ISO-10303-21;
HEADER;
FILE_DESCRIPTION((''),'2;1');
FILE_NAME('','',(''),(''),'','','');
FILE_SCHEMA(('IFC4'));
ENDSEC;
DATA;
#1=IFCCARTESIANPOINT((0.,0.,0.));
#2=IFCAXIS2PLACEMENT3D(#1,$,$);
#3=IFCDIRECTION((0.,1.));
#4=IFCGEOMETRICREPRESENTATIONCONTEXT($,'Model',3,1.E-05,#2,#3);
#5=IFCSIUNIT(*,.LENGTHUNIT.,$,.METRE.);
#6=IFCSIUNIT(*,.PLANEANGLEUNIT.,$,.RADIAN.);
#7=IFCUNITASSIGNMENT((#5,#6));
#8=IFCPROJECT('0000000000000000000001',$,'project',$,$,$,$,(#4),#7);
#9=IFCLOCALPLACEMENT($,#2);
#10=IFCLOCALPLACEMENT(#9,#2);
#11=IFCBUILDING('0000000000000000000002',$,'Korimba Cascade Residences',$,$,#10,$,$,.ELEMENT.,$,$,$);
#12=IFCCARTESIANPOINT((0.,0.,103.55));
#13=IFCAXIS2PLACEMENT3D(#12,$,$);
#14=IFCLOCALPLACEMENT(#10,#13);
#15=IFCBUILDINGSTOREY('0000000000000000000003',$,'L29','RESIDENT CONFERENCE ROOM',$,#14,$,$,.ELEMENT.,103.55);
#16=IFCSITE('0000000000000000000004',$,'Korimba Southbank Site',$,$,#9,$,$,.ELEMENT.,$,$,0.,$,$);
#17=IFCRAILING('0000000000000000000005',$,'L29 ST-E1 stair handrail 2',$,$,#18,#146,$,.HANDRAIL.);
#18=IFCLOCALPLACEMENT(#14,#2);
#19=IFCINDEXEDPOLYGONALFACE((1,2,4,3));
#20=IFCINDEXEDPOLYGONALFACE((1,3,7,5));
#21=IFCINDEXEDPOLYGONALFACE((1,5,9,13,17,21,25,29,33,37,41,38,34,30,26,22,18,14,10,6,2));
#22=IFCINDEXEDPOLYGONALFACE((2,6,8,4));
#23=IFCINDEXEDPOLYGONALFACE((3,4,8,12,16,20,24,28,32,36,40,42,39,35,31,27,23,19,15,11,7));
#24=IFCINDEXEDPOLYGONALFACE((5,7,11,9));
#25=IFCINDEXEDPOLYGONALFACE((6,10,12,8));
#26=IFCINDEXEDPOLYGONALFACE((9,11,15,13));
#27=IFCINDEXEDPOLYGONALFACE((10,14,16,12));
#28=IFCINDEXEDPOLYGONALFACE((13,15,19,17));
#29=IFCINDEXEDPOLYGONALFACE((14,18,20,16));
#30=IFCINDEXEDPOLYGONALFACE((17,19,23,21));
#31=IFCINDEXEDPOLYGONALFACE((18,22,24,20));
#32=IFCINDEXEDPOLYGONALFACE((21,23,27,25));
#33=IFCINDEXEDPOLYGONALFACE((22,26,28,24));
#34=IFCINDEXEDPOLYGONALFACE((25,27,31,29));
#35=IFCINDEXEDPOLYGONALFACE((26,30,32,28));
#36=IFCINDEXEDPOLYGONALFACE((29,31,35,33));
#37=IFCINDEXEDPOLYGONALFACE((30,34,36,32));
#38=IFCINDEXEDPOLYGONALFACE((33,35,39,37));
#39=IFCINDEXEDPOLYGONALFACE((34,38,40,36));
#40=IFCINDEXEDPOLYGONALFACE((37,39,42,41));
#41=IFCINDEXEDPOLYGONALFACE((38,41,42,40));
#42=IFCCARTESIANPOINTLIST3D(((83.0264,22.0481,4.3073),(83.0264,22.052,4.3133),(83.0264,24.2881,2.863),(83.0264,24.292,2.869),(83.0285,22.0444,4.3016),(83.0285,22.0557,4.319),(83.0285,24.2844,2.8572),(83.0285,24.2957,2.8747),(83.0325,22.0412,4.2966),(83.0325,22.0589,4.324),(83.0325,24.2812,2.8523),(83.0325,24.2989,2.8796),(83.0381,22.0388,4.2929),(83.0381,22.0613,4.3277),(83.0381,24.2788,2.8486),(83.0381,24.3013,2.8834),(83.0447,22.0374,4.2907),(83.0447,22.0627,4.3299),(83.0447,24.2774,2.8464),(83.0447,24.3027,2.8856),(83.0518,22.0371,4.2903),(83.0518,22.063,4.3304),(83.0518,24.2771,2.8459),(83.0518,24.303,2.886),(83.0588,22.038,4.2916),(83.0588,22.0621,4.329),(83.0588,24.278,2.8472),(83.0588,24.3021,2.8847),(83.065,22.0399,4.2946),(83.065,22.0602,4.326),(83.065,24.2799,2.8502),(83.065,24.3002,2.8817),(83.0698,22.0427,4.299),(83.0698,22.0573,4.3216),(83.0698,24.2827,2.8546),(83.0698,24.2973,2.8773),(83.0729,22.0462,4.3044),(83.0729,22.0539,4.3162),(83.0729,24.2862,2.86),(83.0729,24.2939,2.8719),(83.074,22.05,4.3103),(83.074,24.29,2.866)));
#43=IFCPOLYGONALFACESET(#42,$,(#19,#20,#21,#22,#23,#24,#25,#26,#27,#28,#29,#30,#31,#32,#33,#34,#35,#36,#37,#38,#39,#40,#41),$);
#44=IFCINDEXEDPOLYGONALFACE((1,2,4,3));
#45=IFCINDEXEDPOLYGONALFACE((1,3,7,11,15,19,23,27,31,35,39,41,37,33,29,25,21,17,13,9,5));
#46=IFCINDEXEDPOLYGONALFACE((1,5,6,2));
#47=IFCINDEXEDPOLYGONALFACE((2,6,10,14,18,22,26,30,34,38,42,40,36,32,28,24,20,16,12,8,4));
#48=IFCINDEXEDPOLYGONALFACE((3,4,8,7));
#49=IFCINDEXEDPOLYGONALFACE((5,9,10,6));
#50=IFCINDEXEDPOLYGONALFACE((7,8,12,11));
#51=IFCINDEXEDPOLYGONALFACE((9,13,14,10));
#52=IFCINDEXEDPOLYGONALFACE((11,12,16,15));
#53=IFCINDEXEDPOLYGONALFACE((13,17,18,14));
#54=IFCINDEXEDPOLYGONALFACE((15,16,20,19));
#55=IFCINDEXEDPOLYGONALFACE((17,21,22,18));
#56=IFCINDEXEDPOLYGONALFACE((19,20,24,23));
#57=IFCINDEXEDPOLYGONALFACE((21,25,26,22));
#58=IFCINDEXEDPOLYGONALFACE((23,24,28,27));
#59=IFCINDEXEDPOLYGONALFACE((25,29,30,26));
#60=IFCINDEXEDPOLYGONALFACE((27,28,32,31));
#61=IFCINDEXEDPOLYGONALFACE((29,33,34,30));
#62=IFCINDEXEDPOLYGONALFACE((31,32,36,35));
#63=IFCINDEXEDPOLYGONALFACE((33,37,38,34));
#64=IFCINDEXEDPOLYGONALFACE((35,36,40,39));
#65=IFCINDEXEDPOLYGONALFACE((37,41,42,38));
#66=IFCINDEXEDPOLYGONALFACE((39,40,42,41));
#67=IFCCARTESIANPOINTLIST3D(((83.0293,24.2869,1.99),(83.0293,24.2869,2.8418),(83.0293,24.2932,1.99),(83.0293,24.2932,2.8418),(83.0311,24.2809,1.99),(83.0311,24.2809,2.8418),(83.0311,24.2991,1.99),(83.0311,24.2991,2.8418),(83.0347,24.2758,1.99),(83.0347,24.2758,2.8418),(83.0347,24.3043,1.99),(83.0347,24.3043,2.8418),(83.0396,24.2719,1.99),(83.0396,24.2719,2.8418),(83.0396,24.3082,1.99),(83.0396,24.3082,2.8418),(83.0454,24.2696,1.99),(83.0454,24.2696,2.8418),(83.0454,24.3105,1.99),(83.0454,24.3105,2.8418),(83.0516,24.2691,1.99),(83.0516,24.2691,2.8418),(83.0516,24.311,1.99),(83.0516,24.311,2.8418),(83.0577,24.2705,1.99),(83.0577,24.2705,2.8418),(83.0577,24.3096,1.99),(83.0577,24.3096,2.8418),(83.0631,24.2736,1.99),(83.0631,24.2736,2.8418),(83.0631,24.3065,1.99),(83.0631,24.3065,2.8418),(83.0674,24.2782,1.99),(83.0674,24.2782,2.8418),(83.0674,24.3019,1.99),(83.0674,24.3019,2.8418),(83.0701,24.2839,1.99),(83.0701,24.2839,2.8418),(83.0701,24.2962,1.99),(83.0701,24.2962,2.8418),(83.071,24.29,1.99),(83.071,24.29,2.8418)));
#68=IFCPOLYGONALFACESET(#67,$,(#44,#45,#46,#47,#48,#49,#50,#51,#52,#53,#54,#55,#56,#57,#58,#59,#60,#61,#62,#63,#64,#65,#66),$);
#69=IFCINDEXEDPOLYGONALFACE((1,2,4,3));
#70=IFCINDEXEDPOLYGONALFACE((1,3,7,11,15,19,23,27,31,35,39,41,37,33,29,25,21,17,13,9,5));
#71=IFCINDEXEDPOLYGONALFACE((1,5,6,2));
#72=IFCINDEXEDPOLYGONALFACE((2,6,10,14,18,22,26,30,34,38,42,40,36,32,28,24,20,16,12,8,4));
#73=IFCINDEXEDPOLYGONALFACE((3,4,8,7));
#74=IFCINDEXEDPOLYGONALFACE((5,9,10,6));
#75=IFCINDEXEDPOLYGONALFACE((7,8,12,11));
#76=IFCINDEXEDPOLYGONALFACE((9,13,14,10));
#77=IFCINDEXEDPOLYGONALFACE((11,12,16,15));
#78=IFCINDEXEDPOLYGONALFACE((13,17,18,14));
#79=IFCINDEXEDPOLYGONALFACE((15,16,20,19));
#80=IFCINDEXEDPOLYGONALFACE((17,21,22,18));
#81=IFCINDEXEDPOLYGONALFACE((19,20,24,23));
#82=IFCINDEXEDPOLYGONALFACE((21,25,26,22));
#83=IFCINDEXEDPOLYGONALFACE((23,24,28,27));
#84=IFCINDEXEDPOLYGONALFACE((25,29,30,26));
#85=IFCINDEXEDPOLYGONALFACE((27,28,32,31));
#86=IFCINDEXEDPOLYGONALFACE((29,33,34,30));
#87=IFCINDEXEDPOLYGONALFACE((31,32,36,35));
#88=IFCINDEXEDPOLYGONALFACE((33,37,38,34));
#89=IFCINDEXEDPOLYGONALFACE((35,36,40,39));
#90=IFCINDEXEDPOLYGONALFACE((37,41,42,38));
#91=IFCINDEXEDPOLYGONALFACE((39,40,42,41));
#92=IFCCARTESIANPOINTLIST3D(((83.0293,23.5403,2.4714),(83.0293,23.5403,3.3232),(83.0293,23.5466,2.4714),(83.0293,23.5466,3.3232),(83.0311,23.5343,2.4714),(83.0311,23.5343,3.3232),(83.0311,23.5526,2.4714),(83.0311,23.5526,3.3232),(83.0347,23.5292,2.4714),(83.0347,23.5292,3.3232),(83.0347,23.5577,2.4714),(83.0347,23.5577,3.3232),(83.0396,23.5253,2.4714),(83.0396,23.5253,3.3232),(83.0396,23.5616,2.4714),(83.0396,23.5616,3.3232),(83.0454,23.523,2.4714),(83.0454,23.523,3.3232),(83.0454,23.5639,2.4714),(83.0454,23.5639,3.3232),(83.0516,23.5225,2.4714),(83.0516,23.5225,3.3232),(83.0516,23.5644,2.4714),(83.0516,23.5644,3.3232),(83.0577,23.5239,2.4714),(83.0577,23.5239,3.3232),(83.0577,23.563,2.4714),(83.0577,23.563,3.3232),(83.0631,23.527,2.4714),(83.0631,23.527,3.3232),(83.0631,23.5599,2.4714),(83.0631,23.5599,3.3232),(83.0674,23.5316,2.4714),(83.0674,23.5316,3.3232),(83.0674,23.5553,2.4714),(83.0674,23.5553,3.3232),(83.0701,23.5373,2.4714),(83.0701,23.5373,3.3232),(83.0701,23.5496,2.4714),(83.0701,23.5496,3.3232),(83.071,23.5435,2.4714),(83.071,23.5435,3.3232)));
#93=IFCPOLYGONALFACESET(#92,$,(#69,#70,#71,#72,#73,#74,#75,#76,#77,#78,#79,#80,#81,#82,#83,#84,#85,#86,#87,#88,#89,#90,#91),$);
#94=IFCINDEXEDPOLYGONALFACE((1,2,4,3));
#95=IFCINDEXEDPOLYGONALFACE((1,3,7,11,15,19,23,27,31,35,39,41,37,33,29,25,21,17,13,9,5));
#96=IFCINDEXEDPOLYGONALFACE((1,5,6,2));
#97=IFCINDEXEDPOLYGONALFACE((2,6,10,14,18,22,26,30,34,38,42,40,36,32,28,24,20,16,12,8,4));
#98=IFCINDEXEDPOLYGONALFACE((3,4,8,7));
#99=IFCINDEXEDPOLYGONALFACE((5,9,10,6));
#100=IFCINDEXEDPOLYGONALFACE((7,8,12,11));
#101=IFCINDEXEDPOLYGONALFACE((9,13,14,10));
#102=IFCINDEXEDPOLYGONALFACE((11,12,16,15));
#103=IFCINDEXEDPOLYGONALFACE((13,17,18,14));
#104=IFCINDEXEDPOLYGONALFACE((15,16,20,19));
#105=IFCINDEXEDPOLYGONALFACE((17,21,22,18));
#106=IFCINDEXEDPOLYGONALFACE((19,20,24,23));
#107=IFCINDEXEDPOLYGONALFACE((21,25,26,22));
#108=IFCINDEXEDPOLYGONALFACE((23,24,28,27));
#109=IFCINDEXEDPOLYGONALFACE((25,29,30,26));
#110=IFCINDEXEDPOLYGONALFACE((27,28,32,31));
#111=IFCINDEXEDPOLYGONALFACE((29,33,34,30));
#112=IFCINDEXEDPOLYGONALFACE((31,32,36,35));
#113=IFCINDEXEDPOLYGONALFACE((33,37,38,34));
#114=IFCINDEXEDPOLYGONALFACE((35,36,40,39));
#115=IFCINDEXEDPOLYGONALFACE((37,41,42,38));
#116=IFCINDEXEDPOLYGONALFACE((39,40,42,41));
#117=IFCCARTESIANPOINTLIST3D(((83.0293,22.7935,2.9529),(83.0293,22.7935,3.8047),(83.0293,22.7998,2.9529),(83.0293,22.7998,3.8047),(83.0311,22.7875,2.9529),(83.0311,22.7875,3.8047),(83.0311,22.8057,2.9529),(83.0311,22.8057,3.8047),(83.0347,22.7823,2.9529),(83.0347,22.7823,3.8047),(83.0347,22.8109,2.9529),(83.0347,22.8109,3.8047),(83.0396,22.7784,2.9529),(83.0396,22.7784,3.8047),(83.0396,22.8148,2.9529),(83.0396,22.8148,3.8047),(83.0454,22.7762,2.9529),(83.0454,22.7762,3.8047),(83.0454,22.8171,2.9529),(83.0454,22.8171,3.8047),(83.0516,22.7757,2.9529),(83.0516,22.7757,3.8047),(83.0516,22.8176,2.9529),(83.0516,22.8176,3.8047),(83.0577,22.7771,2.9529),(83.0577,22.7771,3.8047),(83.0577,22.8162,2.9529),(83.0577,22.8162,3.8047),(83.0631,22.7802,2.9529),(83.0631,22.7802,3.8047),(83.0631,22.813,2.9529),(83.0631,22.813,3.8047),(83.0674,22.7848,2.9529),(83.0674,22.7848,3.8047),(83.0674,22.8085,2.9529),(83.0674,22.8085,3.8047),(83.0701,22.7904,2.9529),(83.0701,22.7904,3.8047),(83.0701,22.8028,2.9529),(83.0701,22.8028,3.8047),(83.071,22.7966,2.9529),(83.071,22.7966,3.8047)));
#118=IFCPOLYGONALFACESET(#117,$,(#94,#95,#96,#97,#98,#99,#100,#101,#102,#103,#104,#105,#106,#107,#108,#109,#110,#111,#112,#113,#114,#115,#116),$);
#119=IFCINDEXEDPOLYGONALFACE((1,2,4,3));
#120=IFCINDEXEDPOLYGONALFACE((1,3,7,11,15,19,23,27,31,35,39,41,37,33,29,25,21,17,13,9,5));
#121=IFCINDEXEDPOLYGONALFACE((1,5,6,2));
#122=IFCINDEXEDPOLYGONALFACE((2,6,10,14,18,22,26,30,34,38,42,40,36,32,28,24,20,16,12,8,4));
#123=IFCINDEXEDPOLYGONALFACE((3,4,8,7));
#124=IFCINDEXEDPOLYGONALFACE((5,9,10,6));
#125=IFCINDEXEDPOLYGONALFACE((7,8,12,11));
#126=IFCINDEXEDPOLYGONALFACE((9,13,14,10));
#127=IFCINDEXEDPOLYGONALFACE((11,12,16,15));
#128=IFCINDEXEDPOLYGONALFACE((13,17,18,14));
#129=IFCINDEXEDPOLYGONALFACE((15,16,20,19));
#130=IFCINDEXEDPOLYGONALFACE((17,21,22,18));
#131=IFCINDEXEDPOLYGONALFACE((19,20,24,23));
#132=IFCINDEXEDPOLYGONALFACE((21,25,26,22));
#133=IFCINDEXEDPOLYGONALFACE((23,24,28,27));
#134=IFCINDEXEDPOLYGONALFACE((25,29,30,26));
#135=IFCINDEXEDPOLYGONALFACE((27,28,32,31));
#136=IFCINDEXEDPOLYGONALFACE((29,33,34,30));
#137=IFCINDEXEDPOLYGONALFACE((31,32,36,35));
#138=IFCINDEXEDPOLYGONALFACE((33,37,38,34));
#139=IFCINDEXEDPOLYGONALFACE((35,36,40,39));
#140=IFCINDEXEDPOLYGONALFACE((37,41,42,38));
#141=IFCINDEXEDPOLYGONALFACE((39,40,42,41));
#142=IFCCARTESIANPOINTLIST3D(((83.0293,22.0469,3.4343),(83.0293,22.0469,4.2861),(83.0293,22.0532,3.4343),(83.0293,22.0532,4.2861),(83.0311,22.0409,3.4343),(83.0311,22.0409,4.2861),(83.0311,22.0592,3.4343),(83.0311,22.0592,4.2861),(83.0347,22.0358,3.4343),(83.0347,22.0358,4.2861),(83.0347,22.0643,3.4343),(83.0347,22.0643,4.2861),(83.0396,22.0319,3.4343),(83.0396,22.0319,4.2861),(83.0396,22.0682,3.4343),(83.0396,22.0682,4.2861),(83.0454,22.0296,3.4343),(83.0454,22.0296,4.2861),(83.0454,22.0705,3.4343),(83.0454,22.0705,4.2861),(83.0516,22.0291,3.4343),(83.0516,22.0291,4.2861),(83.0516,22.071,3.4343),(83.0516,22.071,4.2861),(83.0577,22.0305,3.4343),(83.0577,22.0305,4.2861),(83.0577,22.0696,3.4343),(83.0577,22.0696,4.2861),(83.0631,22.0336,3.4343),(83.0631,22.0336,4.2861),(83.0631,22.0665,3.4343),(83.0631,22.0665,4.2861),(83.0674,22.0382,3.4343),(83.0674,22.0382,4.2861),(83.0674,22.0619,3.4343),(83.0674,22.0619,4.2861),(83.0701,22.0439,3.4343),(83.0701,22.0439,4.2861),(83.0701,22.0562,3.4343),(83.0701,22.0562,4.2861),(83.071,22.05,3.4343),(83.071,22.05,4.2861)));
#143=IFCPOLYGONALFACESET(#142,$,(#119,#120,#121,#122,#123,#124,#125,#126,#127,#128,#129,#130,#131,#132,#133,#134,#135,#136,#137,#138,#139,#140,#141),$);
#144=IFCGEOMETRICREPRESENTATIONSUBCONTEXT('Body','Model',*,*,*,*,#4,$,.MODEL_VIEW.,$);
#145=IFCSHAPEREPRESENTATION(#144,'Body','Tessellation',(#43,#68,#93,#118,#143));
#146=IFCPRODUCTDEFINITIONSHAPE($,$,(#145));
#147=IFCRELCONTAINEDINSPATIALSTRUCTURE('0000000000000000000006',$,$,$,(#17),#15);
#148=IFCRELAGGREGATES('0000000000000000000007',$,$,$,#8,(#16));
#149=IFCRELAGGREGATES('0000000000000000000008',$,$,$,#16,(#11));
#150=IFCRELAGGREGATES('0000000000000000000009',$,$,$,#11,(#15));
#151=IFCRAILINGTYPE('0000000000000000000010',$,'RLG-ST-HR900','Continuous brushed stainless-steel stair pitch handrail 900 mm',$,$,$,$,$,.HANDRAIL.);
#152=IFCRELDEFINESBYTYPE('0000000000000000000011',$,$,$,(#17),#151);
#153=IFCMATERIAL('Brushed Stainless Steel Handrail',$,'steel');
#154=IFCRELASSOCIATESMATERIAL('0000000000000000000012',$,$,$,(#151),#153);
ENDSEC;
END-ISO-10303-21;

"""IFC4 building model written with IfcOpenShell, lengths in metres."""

from ifc_helpers import new_model, si_unit, direction, frame, origin, origin_2d, place, context, subcontext, project, spatial, circle, extrude, material, type_object, element, save


model = new_model("IFC4")

# Units and contexts
model_context = context("Model", 3, precision=1e-05, world=origin(), true_north=direction((0.0, 1.0)))
body_context = subcontext(model_context, "Body", "Model", "MODEL_VIEW")
ifc_project = project(units=[si_unit("LENGTHUNIT", "METRE"), si_unit("PLANEANGLEUNIT", "RADIAN")], contexts=[model_context])

# Site, building, storey
site_placement = place(None, origin())
site = spatial("IfcSite", under=ifc_project, at=site_placement, Name="Korimba Southbank Site", CompositionType="ELEMENT", RefElevation=0.0)
building_placement = place(site_placement, origin())
building = spatial("IfcBuilding", under=site, at=building_placement, Name="Korimba Cascade Residences", CompositionType="ELEMENT")
storey_placement = place(building_placement, frame((0.0, 0.0, 103.55)))
storey = spatial("IfcBuildingStorey", under=building, at=storey_placement, Name="L29", Description="RESIDENT CONFERENCE ROOM", CompositionType="ELEMENT", Elevation=103.55)

# Railing
ifc_material_1 = material(Name="Brushed Stainless Steel Handrail", Category="steel")
railing_type_1 = type_object("IfcRailingType", Name="RLG-ST-HR900", Description="Continuous brushed stainless-steel stair pitch handrail 900 mm", PredefinedType="HANDRAIL", material=ifc_material_1)
railing_1_placement = place(storey_placement, frame((83.05, 24.29, 1.99)))
element("IfcRailing", 1, at=railing_1_placement, inside=storey, type_object=railing_type_1, Name="L29 ST-E1 stair handrail 2", PredefinedType="HANDRAIL", context=body_context, shape_type="SweptSolid", body=[
    extrude(circle(Radius=0.0239, at=origin_2d()), frame((0.0, 0.0, 0.876), z_axis=(0.0, -0.840437, 0.54191), x_axis=(1.0, 0.0, 0.0)), (0.0, 0.0, 1.0), 2.6653),
    extrude(circle(Radius=0.021, at=origin_2d()), origin(), (0.0, 0.0, 1.0), 0.8518),
    extrude(circle(Radius=0.021, at=origin_2d()), frame((0.0, -0.7466, 0.4814)), (0.0, 0.0, 1.0), 0.8518),
    extrude(circle(Radius=0.021, at=origin_2d()), frame((0.0, -1.4934, 0.9629)), (0.0, 0.0, 1.0), 0.8518),
    extrude(circle(Radius=0.021, at=origin_2d()), frame((0.0, -2.24, 1.4443)), (0.0, 0.0, 1.0), 0.8518),
])

save(model, "model.ifc")
